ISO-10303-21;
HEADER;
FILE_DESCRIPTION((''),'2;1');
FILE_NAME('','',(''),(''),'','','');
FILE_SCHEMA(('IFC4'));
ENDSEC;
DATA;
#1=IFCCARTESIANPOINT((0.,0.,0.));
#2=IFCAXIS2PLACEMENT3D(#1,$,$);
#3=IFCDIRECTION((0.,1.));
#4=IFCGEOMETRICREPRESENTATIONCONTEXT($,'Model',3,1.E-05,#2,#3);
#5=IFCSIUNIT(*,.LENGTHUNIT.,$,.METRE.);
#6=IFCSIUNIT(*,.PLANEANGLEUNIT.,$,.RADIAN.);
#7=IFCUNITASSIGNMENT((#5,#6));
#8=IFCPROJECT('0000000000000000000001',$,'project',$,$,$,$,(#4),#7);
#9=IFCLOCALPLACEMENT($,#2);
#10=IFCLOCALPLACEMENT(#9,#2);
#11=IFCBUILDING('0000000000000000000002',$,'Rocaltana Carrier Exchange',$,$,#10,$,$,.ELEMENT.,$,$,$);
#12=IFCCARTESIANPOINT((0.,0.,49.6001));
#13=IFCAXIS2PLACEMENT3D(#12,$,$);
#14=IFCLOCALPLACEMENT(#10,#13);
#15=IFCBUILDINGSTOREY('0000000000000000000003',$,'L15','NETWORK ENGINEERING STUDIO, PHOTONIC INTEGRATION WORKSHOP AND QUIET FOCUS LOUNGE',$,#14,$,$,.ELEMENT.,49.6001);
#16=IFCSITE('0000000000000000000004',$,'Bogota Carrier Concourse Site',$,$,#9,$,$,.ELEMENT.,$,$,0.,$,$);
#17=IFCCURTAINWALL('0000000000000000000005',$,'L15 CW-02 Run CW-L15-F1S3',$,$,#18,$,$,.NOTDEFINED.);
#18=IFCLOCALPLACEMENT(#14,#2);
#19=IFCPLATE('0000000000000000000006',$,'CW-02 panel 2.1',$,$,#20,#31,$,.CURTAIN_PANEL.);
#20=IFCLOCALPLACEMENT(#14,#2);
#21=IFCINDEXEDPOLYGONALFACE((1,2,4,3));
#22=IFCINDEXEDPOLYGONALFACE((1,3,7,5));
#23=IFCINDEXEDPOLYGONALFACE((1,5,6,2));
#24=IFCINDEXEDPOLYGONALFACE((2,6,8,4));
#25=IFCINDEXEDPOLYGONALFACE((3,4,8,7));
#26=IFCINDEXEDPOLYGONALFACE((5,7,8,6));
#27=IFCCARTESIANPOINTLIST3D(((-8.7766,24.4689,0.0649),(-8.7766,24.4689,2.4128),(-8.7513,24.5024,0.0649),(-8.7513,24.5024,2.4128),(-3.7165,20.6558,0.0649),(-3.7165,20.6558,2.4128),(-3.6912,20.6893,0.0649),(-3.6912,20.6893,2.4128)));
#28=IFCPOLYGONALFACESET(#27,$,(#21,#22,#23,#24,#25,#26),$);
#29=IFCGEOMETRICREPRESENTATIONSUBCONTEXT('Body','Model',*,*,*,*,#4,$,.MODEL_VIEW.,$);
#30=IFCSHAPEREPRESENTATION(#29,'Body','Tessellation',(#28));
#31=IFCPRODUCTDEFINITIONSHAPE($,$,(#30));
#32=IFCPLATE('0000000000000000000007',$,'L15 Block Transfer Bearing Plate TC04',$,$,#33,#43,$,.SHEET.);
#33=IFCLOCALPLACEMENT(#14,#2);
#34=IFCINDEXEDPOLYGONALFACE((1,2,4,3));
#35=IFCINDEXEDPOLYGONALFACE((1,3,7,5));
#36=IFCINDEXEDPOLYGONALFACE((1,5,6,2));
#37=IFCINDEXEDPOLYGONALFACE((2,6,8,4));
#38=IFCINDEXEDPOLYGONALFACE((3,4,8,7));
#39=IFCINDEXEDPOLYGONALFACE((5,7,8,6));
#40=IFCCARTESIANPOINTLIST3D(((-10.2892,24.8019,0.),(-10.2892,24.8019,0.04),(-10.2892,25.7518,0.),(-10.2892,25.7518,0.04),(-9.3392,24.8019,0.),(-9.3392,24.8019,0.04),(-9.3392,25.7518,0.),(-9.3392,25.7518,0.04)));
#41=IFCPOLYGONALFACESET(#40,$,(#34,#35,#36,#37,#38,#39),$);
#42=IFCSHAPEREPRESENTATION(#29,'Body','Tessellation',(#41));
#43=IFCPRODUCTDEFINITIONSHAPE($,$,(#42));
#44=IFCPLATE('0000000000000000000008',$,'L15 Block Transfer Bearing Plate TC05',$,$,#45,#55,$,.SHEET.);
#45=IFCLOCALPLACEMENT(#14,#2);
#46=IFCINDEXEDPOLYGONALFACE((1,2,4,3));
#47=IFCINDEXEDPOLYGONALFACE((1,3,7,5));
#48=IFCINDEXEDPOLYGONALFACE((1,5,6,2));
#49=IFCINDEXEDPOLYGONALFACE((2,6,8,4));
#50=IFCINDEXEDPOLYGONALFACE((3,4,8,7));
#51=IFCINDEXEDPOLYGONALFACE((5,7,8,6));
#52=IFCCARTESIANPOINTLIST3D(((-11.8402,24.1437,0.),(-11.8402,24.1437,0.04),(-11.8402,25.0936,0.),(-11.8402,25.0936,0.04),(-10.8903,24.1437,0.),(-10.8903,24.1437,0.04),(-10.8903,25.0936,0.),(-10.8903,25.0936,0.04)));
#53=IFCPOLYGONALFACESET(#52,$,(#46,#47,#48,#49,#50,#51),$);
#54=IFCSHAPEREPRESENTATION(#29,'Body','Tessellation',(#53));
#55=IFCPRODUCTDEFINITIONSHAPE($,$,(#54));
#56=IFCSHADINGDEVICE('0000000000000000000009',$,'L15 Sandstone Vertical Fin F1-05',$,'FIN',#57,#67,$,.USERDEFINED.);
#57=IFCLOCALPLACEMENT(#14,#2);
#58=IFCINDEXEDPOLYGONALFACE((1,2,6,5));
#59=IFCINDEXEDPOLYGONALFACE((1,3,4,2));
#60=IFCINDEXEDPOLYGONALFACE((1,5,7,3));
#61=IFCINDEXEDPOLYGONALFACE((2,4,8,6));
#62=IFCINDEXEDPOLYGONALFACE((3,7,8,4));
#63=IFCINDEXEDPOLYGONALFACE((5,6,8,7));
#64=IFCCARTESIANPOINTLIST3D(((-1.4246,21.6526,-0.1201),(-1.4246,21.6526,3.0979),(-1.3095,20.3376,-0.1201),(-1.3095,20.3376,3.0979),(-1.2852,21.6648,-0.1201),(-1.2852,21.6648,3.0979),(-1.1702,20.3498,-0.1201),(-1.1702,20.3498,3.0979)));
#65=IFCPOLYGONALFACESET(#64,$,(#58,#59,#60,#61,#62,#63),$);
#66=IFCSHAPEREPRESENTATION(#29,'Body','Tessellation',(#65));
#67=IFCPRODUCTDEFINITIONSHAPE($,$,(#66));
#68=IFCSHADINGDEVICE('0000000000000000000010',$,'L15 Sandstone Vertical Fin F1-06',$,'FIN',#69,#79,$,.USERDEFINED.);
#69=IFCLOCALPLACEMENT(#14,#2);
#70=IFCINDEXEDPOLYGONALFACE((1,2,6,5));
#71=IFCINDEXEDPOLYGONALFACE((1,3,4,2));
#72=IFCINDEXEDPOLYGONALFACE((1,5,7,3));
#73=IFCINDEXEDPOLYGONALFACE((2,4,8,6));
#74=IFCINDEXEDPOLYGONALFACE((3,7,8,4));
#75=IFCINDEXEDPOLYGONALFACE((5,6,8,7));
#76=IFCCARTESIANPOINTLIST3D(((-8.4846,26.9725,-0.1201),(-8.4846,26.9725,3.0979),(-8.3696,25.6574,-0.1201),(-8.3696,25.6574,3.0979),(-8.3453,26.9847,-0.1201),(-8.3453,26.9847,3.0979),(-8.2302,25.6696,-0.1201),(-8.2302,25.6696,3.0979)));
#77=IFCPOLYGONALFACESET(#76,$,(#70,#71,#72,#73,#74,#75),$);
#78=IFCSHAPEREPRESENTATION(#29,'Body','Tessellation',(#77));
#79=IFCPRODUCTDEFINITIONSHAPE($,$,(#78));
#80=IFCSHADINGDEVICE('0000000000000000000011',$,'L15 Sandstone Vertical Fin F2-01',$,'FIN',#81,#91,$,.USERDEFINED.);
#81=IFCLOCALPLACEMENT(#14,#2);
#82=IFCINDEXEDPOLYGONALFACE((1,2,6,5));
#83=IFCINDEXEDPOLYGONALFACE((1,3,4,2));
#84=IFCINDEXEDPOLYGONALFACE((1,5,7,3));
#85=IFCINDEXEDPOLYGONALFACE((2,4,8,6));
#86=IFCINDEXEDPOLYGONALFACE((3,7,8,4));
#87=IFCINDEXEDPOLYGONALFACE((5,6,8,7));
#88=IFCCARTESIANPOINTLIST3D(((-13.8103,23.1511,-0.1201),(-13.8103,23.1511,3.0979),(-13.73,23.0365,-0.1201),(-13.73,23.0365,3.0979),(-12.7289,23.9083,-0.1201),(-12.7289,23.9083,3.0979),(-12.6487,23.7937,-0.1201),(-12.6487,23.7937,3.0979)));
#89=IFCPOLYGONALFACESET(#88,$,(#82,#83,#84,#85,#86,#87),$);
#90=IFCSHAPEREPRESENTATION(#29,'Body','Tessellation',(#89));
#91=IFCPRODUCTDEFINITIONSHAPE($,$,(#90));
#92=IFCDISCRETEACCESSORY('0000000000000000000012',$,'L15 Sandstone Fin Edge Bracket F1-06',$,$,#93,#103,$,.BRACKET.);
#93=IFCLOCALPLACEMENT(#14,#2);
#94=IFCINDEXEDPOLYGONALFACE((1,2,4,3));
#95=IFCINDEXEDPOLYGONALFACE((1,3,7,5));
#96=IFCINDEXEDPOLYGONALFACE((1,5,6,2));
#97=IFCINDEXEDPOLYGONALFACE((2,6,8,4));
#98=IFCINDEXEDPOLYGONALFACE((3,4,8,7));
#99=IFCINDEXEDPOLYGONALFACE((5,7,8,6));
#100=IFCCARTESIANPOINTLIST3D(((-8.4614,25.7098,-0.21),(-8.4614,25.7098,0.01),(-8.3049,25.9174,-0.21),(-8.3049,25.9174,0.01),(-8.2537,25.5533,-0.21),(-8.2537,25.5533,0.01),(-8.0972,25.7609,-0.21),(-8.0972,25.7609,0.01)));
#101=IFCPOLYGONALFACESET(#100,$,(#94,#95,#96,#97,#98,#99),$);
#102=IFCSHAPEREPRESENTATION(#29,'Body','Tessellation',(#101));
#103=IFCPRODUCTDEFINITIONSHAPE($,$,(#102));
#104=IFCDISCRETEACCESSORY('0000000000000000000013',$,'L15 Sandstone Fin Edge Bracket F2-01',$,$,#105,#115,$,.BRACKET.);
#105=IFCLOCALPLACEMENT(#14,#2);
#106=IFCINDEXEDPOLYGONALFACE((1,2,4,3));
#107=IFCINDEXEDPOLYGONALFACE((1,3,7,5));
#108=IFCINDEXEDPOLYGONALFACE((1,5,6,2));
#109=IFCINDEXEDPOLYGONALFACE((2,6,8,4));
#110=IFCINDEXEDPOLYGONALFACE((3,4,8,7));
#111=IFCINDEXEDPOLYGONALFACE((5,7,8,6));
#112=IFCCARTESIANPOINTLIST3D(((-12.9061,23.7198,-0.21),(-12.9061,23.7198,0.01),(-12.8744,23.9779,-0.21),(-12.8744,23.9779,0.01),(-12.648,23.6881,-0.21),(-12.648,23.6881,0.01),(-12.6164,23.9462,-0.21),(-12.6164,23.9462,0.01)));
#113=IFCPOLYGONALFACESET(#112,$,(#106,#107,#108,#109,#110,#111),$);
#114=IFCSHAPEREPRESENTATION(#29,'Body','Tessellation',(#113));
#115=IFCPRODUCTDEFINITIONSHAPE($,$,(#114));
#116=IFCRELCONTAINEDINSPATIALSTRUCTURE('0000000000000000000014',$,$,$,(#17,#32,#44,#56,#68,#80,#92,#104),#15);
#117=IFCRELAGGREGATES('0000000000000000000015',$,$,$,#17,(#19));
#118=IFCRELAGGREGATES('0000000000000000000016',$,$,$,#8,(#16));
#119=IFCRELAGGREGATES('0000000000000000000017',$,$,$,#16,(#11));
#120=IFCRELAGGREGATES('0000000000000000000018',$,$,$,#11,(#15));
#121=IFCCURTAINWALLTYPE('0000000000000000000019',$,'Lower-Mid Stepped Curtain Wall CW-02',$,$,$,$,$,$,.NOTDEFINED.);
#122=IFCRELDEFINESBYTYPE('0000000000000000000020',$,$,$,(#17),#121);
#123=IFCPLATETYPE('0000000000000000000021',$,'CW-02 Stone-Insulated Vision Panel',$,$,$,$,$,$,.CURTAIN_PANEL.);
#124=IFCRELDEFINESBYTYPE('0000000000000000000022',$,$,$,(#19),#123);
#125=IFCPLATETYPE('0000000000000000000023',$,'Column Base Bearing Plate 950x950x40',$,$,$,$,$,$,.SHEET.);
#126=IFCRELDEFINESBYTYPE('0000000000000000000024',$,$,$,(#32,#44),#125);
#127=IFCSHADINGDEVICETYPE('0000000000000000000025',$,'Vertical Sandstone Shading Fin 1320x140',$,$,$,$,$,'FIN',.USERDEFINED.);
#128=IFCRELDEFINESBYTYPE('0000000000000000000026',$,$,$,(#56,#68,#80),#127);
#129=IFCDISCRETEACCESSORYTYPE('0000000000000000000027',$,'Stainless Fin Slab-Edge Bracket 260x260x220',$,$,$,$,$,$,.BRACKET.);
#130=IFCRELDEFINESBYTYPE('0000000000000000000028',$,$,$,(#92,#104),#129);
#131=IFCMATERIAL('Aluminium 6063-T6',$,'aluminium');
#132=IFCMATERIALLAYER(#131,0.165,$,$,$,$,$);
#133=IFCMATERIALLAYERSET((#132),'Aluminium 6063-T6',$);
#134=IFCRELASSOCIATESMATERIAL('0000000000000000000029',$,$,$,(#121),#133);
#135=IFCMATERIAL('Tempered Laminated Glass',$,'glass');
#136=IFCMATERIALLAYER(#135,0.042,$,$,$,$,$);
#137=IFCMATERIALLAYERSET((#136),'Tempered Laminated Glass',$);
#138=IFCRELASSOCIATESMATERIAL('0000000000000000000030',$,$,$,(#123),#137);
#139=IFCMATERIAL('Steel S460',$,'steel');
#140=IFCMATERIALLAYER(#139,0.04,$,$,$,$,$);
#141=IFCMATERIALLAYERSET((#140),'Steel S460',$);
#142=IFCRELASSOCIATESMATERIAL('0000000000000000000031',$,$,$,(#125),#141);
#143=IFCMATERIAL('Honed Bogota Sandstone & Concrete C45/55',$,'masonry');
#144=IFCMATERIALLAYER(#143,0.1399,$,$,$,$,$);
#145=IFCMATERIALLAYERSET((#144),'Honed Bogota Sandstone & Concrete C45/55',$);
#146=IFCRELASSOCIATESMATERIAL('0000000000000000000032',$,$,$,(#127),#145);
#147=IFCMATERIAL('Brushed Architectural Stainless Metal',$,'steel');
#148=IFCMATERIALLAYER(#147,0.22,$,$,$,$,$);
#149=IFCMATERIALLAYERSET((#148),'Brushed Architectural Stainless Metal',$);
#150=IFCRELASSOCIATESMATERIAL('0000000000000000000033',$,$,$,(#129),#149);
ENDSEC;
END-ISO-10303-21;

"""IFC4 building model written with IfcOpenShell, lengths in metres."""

from ifc_helpers import new_model, si_unit, direction, frame, origin, origin_2d, place, context, subcontext, project, spatial, rectangle, extrude, material, layer, layer_set, type_object, element, aggregate, save


model = new_model("IFC4")

# Units and contexts
model_context = context("Model", 3, precision=1e-05, world=origin(), true_north=direction((0.0, 1.0)))
body_context = subcontext(model_context, "Body", "Model", "MODEL_VIEW")
ifc_project = project(units=[si_unit("LENGTHUNIT", "METRE"), si_unit("PLANEANGLEUNIT", "RADIAN")], contexts=[model_context])

# Site, building, storey
site_placement = place(None, origin())
site = spatial("IfcSite", under=ifc_project, at=site_placement, Name="Bogota Carrier Concourse Site", CompositionType="ELEMENT", RefElevation=0.0)
building_placement = place(site_placement, origin())
building = spatial("IfcBuilding", under=site, at=building_placement, Name="Rocaltana Carrier Exchange", CompositionType="ELEMENT")
storey_placement = place(building_placement, frame((0.0, 0.0, 49.6001)))
storey = spatial("IfcBuildingStorey", under=building, at=storey_placement, Name="L15", Description="NETWORK ENGINEERING STUDIO, PHOTONIC INTEGRATION WORKSHOP AND QUIET FOCUS LOUNGE", CompositionType="ELEMENT", Elevation=49.6001)

# Curtain wall
ifc_material_1 = material(Name="Aluminium 6063-T6", Category="aluminium")
ifc_layer_1 = layer(ifc_material_1, 0.165)
ifc_layer_set_1 = layer_set([ifc_layer_1], Name="Aluminium 6063-T6")
curtain_wall_type = type_object("IfcCurtainWallType", Name="Lower-Mid Stepped Curtain Wall CW-02", PredefinedType="NOTDEFINED", material=ifc_layer_set_1)
curtain_wall_1_placement = place(storey_placement, origin())
curtain_wall_1 = element("IfcCurtainWall", 1, at=curtain_wall_1_placement, inside=storey, type_object=curtain_wall_type, Name="L15 CW-02 Run CW-L15-F1S3", PredefinedType="NOTDEFINED")

# Plate
ifc_material_2 = material(Name="Tempered Laminated Glass", Category="glass")
ifc_layer_2 = layer(ifc_material_2, 0.042)
ifc_layer_set_2 = layer_set([ifc_layer_2], Name="Tempered Laminated Glass")
plate_type_1 = type_object("IfcPlateType", Name="CW-02 Stone-Insulated Vision Panel", PredefinedType="CURTAIN_PANEL", material=ifc_layer_set_2)
plate_placement = place(storey_placement, frame((-6.2339, 22.5791, 0.0649), z_axis=(0.0, 0.0, 1.0), x_axis=(-0.798638, 0.601812, 0.0)))
plate = element("IfcPlate", 2, at=plate_placement, type_object=plate_type_1, Name="CW-02 panel 2.1", PredefinedType="CURTAIN_PANEL", context=body_context, shape_type="SweptSolid", body=[
    extrude(rectangle(XDim=6.3359, YDim=0.042, at=origin_2d()), origin(), (0.0, 0.0, 1.0), 2.3479),
])
aggregate(curtain_wall_1, [plate])

# Plates
ifc_material_3 = material(Name="Steel S460", Category="steel")
ifc_layer_3 = layer(ifc_material_3, 0.04)
ifc_layer_set_3 = layer_set([ifc_layer_3], Name="Steel S460")
plate_type_2 = type_object("IfcPlateType", Name="Column Base Bearing Plate 950x950x40", PredefinedType="SHEET", material=ifc_layer_set_3)
for number, where, z_axis, x_axis, name in (
    (3, (-9.8142, 25.2769, 0.0), (0.0, 0.0, 1.0), (1.0, 0.0, 0.0), "L15 Block Transfer Bearing Plate TC04"),
    (4, (-11.3652, 24.6187, 0.0), (0.0, 0.0, 1.0), (1.0, 0.0, 0.0), "L15 Block Transfer Bearing Plate TC05"),
):
    element("IfcPlate", number, at=place(storey_placement, frame(where, z_axis=z_axis, x_axis=x_axis)), inside=storey, type_object=plate_type_2, Name=name, PredefinedType="SHEET", context=body_context, shape_type="SweptSolid", body=[
        extrude(rectangle(XDim=0.95, YDim=0.95, at=origin_2d()), origin(), (0.0, 0.0, 1.0), 0.04),
    ])

# Shading devices
ifc_material_4 = material(Name="Honed Bogota Sandstone & Concrete C45/55", Category="masonry")
ifc_layer_4 = layer(ifc_material_4, 0.1399)
ifc_layer_set_4 = layer_set([ifc_layer_4], Name="Honed Bogota Sandstone & Concrete C45/55")
shading_device_type = type_object("IfcShadingDeviceType", Name="Vertical Sandstone Shading Fin 1320x140", ElementType="FIN", PredefinedType="USERDEFINED", material=ifc_layer_set_4)
for number, where, z_axis, x_axis, name in (
    (5, (-1.2974, 21.0012, -0.1201), (0.0, 0.0, 1.0), (-0.087156, 0.996195, 0.0), "L15 Sandstone Vertical Fin F1-05"),
    (6, (-8.3574, 26.321, -0.1201), (0.0, 0.0, 1.0), (-0.087156, 0.996195, 0.0), "L15 Sandstone Vertical Fin F1-06"),
    (7, (-13.2295, 23.4724, -0.1201), (0.0, 0.0, 1.0), (-0.819152, -0.573576, 0.0), "L15 Sandstone Vertical Fin F2-01"),
):
    element("IfcShadingDevice", number, at=place(storey_placement, frame(where, z_axis=z_axis, x_axis=x_axis)), inside=storey, type_object=shading_device_type, Name=name, ObjectType="FIN", PredefinedType="USERDEFINED", context=body_context, shape_type="SweptSolid", body=[
        extrude(rectangle(XDim=1.3201, YDim=0.1399, at=origin_2d()), origin(), (0.0, 0.0, 1.0), 3.218),
    ])

# Discrete accessories
ifc_material_5 = material(Name="Brushed Architectural Stainless Metal", Category="steel")
ifc_layer_5 = layer(ifc_material_5, 0.22)
ifc_layer_set_5 = layer_set([ifc_layer_5], Name="Brushed Architectural Stainless Metal")
discrete_accessory_type = type_object("IfcDiscreteAccessoryType", Name="Stainless Fin Slab-Edge Bracket 260x260x220", PredefinedType="BRACKET", material=ifc_layer_set_5)
for number, where, z_axis, x_axis, name in (
    (8, (-8.2793, 25.7354, -0.21), (0.0, 0.0, 1.0), (-0.798636, 0.601815, 0.0), "L15 Sandstone Fin Edge Bracket F1-06"),
    (9, (-12.7612, 23.833, -0.21), (0.0, 0.0, 1.0), (-0.121869, -0.992546, 0.0), "L15 Sandstone Fin Edge Bracket F2-01"),
):
    element("IfcDiscreteAccessory", number, at=place(storey_placement, frame(where, z_axis=z_axis, x_axis=x_axis)), inside=storey, type_object=discrete_accessory_type, Name=name, PredefinedType="BRACKET", context=body_context, shape_type="SweptSolid", body=[
        extrude(rectangle(XDim=0.26, YDim=0.26, at=origin_2d()), origin(), (0.0, 0.0, 1.0), 0.22),
    ])

save(model, "model.ifc")
